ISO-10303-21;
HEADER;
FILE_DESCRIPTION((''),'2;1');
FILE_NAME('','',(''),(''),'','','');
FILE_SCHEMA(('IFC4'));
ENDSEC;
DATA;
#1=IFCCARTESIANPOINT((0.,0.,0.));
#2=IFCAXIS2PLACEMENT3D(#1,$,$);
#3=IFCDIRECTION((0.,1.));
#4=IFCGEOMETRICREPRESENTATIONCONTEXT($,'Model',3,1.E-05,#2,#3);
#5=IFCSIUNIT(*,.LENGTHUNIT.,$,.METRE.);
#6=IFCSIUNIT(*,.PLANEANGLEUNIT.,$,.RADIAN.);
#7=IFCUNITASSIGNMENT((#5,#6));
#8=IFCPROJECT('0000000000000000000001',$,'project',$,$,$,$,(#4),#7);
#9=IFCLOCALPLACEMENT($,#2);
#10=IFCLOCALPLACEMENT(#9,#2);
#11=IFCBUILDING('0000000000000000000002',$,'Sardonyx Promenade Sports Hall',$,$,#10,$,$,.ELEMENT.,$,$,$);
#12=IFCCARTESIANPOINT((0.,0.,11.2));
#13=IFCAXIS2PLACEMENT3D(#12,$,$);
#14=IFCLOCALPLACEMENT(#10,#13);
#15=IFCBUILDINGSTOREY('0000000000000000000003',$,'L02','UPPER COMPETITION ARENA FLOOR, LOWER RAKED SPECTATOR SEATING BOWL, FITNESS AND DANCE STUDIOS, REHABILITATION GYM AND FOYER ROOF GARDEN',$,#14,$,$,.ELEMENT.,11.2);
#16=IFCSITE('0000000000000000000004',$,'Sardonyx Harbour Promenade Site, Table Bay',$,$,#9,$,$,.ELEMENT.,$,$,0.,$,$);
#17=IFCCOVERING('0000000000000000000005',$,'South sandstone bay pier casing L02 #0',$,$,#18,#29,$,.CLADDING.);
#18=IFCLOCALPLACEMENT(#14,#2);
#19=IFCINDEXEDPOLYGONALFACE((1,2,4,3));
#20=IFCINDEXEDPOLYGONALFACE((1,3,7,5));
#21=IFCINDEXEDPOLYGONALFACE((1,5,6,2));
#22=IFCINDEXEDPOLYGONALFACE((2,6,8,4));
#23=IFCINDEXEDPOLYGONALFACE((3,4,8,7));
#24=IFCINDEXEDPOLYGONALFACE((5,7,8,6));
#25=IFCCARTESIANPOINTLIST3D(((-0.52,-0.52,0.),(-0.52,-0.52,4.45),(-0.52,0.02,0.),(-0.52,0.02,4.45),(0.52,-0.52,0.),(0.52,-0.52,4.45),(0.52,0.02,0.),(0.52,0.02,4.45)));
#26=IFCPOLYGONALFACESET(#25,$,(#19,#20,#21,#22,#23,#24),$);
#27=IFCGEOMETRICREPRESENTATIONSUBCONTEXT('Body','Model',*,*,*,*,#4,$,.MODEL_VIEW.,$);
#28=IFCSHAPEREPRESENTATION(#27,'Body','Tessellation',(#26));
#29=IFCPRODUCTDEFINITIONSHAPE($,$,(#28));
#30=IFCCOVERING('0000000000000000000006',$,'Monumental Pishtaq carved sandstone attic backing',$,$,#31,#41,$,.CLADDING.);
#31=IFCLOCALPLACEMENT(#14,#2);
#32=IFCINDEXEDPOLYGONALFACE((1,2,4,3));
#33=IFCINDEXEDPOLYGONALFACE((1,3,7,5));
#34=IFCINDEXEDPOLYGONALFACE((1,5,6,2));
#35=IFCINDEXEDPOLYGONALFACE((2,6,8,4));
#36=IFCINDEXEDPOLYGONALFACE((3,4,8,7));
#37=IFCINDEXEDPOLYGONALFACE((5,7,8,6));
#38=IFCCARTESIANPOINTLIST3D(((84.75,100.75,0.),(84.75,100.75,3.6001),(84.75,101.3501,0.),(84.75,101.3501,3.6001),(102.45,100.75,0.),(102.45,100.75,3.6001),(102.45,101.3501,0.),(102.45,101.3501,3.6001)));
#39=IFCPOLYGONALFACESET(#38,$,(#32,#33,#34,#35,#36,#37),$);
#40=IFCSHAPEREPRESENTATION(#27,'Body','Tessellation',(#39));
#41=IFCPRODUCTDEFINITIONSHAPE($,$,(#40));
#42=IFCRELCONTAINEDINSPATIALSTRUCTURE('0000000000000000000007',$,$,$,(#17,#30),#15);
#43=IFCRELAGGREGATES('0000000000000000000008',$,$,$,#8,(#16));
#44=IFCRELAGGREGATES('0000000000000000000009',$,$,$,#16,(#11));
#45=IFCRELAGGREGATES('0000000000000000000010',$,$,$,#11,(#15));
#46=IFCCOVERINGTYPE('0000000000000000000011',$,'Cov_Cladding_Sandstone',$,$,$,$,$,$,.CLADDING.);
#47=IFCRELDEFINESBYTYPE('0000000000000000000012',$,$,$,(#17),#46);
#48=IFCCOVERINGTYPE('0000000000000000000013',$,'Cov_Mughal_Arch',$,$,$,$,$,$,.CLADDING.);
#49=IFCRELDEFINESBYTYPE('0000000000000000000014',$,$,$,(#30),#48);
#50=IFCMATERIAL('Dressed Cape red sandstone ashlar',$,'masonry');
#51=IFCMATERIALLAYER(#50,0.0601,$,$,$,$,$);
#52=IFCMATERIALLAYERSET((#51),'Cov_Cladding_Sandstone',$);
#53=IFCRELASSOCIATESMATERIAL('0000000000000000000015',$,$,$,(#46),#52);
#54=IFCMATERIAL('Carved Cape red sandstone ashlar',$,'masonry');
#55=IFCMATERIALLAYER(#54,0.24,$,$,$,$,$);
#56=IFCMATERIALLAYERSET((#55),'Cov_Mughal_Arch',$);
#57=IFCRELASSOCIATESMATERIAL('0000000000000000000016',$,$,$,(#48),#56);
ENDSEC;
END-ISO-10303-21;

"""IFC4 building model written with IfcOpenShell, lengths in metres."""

from ifc_helpers import new_model, si_unit, direction, frame, origin, place, context, subcontext, project, spatial, polyline, outline, extrude, material, layer, layer_set, type_object, element, save


model = new_model("IFC4")

# Units and contexts
model_context = context("Model", 3, precision=1e-05, world=origin(), true_north=direction((0.0, 1.0)))
body_context = subcontext(model_context, "Body", "Model", "MODEL_VIEW")
ifc_project = project(units=[si_unit("LENGTHUNIT", "METRE"), si_unit("PLANEANGLEUNIT", "RADIAN")], contexts=[model_context])

# Site, building, storey
site_placement = place(None, origin())
site = spatial("IfcSite", under=ifc_project, at=site_placement, Name="Sardonyx Harbour Promenade Site, Table Bay", CompositionType="ELEMENT", RefElevation=0.0)
building_placement = place(site_placement, origin())
building = spatial("IfcBuilding", under=site, at=building_placement, Name="Sardonyx Promenade Sports Hall", CompositionType="ELEMENT")
storey_placement = place(building_placement, frame((0.0, 0.0, 11.2)))
storey = spatial("IfcBuildingStorey", under=building, at=storey_placement, Name="L02", Description="UPPER COMPETITION ARENA FLOOR, LOWER RAKED SPECTATOR SEATING BOWL, FITNESS AND DANCE STUDIOS, REHABILITATION GYM AND FOYER ROOF GARDEN", CompositionType="ELEMENT", Elevation=11.2)

# Coverings
ifc_material_1 = material(Name="Dressed Cape red sandstone ashlar", Category="masonry")
ifc_layer_1 = layer(ifc_material_1, 0.0601)
ifc_layer_set_1 = layer_set([ifc_layer_1], Name="Cov_Cladding_Sandstone")
covering_type_1 = type_object("IfcCoveringType", Name="Cov_Cladding_Sandstone", PredefinedType="CLADDING", material=ifc_layer_set_1)
covering_1_placement = place(storey_placement, origin())
element("IfcCovering", 1, at=covering_1_placement, inside=storey, type_object=covering_type_1, Name="South sandstone bay pier casing L02 #0", PredefinedType="CLADDING", context=body_context, shape_type="SweptSolid", body=[
    extrude(outline(polyline([(-0.52, -0.52), (0.52, -0.52), (0.52, 0.02), (-0.52, 0.02), (-0.52, -0.52)])), origin(), (0.0, 0.0, 1.0), 4.45),
])
ifc_material_2 = material(Name="Carved Cape red sandstone ashlar", Category="masonry")
ifc_layer_2 = layer(ifc_material_2, 0.24)
ifc_layer_set_2 = layer_set([ifc_layer_2], Name="Cov_Mughal_Arch")
covering_type_2 = type_object("IfcCoveringType", Name="Cov_Mughal_Arch", PredefinedType="CLADDING", material=ifc_layer_set_2)
covering_2_placement = place(storey_placement, origin())
element("IfcCovering", 2, at=covering_2_placement, inside=storey, type_object=covering_type_2, Name="Monumental Pishtaq carved sandstone attic backing", PredefinedType="CLADDING", context=body_context, shape_type="SweptSolid", body=[
    extrude(outline(polyline([(84.75, 100.75), (102.45, 100.75), (102.45, 101.3501), (84.75, 101.3501), (84.75, 100.75)])), origin(), (0.0, 0.0, 1.0), 3.6001),
])

save(model, "model.ifc")
